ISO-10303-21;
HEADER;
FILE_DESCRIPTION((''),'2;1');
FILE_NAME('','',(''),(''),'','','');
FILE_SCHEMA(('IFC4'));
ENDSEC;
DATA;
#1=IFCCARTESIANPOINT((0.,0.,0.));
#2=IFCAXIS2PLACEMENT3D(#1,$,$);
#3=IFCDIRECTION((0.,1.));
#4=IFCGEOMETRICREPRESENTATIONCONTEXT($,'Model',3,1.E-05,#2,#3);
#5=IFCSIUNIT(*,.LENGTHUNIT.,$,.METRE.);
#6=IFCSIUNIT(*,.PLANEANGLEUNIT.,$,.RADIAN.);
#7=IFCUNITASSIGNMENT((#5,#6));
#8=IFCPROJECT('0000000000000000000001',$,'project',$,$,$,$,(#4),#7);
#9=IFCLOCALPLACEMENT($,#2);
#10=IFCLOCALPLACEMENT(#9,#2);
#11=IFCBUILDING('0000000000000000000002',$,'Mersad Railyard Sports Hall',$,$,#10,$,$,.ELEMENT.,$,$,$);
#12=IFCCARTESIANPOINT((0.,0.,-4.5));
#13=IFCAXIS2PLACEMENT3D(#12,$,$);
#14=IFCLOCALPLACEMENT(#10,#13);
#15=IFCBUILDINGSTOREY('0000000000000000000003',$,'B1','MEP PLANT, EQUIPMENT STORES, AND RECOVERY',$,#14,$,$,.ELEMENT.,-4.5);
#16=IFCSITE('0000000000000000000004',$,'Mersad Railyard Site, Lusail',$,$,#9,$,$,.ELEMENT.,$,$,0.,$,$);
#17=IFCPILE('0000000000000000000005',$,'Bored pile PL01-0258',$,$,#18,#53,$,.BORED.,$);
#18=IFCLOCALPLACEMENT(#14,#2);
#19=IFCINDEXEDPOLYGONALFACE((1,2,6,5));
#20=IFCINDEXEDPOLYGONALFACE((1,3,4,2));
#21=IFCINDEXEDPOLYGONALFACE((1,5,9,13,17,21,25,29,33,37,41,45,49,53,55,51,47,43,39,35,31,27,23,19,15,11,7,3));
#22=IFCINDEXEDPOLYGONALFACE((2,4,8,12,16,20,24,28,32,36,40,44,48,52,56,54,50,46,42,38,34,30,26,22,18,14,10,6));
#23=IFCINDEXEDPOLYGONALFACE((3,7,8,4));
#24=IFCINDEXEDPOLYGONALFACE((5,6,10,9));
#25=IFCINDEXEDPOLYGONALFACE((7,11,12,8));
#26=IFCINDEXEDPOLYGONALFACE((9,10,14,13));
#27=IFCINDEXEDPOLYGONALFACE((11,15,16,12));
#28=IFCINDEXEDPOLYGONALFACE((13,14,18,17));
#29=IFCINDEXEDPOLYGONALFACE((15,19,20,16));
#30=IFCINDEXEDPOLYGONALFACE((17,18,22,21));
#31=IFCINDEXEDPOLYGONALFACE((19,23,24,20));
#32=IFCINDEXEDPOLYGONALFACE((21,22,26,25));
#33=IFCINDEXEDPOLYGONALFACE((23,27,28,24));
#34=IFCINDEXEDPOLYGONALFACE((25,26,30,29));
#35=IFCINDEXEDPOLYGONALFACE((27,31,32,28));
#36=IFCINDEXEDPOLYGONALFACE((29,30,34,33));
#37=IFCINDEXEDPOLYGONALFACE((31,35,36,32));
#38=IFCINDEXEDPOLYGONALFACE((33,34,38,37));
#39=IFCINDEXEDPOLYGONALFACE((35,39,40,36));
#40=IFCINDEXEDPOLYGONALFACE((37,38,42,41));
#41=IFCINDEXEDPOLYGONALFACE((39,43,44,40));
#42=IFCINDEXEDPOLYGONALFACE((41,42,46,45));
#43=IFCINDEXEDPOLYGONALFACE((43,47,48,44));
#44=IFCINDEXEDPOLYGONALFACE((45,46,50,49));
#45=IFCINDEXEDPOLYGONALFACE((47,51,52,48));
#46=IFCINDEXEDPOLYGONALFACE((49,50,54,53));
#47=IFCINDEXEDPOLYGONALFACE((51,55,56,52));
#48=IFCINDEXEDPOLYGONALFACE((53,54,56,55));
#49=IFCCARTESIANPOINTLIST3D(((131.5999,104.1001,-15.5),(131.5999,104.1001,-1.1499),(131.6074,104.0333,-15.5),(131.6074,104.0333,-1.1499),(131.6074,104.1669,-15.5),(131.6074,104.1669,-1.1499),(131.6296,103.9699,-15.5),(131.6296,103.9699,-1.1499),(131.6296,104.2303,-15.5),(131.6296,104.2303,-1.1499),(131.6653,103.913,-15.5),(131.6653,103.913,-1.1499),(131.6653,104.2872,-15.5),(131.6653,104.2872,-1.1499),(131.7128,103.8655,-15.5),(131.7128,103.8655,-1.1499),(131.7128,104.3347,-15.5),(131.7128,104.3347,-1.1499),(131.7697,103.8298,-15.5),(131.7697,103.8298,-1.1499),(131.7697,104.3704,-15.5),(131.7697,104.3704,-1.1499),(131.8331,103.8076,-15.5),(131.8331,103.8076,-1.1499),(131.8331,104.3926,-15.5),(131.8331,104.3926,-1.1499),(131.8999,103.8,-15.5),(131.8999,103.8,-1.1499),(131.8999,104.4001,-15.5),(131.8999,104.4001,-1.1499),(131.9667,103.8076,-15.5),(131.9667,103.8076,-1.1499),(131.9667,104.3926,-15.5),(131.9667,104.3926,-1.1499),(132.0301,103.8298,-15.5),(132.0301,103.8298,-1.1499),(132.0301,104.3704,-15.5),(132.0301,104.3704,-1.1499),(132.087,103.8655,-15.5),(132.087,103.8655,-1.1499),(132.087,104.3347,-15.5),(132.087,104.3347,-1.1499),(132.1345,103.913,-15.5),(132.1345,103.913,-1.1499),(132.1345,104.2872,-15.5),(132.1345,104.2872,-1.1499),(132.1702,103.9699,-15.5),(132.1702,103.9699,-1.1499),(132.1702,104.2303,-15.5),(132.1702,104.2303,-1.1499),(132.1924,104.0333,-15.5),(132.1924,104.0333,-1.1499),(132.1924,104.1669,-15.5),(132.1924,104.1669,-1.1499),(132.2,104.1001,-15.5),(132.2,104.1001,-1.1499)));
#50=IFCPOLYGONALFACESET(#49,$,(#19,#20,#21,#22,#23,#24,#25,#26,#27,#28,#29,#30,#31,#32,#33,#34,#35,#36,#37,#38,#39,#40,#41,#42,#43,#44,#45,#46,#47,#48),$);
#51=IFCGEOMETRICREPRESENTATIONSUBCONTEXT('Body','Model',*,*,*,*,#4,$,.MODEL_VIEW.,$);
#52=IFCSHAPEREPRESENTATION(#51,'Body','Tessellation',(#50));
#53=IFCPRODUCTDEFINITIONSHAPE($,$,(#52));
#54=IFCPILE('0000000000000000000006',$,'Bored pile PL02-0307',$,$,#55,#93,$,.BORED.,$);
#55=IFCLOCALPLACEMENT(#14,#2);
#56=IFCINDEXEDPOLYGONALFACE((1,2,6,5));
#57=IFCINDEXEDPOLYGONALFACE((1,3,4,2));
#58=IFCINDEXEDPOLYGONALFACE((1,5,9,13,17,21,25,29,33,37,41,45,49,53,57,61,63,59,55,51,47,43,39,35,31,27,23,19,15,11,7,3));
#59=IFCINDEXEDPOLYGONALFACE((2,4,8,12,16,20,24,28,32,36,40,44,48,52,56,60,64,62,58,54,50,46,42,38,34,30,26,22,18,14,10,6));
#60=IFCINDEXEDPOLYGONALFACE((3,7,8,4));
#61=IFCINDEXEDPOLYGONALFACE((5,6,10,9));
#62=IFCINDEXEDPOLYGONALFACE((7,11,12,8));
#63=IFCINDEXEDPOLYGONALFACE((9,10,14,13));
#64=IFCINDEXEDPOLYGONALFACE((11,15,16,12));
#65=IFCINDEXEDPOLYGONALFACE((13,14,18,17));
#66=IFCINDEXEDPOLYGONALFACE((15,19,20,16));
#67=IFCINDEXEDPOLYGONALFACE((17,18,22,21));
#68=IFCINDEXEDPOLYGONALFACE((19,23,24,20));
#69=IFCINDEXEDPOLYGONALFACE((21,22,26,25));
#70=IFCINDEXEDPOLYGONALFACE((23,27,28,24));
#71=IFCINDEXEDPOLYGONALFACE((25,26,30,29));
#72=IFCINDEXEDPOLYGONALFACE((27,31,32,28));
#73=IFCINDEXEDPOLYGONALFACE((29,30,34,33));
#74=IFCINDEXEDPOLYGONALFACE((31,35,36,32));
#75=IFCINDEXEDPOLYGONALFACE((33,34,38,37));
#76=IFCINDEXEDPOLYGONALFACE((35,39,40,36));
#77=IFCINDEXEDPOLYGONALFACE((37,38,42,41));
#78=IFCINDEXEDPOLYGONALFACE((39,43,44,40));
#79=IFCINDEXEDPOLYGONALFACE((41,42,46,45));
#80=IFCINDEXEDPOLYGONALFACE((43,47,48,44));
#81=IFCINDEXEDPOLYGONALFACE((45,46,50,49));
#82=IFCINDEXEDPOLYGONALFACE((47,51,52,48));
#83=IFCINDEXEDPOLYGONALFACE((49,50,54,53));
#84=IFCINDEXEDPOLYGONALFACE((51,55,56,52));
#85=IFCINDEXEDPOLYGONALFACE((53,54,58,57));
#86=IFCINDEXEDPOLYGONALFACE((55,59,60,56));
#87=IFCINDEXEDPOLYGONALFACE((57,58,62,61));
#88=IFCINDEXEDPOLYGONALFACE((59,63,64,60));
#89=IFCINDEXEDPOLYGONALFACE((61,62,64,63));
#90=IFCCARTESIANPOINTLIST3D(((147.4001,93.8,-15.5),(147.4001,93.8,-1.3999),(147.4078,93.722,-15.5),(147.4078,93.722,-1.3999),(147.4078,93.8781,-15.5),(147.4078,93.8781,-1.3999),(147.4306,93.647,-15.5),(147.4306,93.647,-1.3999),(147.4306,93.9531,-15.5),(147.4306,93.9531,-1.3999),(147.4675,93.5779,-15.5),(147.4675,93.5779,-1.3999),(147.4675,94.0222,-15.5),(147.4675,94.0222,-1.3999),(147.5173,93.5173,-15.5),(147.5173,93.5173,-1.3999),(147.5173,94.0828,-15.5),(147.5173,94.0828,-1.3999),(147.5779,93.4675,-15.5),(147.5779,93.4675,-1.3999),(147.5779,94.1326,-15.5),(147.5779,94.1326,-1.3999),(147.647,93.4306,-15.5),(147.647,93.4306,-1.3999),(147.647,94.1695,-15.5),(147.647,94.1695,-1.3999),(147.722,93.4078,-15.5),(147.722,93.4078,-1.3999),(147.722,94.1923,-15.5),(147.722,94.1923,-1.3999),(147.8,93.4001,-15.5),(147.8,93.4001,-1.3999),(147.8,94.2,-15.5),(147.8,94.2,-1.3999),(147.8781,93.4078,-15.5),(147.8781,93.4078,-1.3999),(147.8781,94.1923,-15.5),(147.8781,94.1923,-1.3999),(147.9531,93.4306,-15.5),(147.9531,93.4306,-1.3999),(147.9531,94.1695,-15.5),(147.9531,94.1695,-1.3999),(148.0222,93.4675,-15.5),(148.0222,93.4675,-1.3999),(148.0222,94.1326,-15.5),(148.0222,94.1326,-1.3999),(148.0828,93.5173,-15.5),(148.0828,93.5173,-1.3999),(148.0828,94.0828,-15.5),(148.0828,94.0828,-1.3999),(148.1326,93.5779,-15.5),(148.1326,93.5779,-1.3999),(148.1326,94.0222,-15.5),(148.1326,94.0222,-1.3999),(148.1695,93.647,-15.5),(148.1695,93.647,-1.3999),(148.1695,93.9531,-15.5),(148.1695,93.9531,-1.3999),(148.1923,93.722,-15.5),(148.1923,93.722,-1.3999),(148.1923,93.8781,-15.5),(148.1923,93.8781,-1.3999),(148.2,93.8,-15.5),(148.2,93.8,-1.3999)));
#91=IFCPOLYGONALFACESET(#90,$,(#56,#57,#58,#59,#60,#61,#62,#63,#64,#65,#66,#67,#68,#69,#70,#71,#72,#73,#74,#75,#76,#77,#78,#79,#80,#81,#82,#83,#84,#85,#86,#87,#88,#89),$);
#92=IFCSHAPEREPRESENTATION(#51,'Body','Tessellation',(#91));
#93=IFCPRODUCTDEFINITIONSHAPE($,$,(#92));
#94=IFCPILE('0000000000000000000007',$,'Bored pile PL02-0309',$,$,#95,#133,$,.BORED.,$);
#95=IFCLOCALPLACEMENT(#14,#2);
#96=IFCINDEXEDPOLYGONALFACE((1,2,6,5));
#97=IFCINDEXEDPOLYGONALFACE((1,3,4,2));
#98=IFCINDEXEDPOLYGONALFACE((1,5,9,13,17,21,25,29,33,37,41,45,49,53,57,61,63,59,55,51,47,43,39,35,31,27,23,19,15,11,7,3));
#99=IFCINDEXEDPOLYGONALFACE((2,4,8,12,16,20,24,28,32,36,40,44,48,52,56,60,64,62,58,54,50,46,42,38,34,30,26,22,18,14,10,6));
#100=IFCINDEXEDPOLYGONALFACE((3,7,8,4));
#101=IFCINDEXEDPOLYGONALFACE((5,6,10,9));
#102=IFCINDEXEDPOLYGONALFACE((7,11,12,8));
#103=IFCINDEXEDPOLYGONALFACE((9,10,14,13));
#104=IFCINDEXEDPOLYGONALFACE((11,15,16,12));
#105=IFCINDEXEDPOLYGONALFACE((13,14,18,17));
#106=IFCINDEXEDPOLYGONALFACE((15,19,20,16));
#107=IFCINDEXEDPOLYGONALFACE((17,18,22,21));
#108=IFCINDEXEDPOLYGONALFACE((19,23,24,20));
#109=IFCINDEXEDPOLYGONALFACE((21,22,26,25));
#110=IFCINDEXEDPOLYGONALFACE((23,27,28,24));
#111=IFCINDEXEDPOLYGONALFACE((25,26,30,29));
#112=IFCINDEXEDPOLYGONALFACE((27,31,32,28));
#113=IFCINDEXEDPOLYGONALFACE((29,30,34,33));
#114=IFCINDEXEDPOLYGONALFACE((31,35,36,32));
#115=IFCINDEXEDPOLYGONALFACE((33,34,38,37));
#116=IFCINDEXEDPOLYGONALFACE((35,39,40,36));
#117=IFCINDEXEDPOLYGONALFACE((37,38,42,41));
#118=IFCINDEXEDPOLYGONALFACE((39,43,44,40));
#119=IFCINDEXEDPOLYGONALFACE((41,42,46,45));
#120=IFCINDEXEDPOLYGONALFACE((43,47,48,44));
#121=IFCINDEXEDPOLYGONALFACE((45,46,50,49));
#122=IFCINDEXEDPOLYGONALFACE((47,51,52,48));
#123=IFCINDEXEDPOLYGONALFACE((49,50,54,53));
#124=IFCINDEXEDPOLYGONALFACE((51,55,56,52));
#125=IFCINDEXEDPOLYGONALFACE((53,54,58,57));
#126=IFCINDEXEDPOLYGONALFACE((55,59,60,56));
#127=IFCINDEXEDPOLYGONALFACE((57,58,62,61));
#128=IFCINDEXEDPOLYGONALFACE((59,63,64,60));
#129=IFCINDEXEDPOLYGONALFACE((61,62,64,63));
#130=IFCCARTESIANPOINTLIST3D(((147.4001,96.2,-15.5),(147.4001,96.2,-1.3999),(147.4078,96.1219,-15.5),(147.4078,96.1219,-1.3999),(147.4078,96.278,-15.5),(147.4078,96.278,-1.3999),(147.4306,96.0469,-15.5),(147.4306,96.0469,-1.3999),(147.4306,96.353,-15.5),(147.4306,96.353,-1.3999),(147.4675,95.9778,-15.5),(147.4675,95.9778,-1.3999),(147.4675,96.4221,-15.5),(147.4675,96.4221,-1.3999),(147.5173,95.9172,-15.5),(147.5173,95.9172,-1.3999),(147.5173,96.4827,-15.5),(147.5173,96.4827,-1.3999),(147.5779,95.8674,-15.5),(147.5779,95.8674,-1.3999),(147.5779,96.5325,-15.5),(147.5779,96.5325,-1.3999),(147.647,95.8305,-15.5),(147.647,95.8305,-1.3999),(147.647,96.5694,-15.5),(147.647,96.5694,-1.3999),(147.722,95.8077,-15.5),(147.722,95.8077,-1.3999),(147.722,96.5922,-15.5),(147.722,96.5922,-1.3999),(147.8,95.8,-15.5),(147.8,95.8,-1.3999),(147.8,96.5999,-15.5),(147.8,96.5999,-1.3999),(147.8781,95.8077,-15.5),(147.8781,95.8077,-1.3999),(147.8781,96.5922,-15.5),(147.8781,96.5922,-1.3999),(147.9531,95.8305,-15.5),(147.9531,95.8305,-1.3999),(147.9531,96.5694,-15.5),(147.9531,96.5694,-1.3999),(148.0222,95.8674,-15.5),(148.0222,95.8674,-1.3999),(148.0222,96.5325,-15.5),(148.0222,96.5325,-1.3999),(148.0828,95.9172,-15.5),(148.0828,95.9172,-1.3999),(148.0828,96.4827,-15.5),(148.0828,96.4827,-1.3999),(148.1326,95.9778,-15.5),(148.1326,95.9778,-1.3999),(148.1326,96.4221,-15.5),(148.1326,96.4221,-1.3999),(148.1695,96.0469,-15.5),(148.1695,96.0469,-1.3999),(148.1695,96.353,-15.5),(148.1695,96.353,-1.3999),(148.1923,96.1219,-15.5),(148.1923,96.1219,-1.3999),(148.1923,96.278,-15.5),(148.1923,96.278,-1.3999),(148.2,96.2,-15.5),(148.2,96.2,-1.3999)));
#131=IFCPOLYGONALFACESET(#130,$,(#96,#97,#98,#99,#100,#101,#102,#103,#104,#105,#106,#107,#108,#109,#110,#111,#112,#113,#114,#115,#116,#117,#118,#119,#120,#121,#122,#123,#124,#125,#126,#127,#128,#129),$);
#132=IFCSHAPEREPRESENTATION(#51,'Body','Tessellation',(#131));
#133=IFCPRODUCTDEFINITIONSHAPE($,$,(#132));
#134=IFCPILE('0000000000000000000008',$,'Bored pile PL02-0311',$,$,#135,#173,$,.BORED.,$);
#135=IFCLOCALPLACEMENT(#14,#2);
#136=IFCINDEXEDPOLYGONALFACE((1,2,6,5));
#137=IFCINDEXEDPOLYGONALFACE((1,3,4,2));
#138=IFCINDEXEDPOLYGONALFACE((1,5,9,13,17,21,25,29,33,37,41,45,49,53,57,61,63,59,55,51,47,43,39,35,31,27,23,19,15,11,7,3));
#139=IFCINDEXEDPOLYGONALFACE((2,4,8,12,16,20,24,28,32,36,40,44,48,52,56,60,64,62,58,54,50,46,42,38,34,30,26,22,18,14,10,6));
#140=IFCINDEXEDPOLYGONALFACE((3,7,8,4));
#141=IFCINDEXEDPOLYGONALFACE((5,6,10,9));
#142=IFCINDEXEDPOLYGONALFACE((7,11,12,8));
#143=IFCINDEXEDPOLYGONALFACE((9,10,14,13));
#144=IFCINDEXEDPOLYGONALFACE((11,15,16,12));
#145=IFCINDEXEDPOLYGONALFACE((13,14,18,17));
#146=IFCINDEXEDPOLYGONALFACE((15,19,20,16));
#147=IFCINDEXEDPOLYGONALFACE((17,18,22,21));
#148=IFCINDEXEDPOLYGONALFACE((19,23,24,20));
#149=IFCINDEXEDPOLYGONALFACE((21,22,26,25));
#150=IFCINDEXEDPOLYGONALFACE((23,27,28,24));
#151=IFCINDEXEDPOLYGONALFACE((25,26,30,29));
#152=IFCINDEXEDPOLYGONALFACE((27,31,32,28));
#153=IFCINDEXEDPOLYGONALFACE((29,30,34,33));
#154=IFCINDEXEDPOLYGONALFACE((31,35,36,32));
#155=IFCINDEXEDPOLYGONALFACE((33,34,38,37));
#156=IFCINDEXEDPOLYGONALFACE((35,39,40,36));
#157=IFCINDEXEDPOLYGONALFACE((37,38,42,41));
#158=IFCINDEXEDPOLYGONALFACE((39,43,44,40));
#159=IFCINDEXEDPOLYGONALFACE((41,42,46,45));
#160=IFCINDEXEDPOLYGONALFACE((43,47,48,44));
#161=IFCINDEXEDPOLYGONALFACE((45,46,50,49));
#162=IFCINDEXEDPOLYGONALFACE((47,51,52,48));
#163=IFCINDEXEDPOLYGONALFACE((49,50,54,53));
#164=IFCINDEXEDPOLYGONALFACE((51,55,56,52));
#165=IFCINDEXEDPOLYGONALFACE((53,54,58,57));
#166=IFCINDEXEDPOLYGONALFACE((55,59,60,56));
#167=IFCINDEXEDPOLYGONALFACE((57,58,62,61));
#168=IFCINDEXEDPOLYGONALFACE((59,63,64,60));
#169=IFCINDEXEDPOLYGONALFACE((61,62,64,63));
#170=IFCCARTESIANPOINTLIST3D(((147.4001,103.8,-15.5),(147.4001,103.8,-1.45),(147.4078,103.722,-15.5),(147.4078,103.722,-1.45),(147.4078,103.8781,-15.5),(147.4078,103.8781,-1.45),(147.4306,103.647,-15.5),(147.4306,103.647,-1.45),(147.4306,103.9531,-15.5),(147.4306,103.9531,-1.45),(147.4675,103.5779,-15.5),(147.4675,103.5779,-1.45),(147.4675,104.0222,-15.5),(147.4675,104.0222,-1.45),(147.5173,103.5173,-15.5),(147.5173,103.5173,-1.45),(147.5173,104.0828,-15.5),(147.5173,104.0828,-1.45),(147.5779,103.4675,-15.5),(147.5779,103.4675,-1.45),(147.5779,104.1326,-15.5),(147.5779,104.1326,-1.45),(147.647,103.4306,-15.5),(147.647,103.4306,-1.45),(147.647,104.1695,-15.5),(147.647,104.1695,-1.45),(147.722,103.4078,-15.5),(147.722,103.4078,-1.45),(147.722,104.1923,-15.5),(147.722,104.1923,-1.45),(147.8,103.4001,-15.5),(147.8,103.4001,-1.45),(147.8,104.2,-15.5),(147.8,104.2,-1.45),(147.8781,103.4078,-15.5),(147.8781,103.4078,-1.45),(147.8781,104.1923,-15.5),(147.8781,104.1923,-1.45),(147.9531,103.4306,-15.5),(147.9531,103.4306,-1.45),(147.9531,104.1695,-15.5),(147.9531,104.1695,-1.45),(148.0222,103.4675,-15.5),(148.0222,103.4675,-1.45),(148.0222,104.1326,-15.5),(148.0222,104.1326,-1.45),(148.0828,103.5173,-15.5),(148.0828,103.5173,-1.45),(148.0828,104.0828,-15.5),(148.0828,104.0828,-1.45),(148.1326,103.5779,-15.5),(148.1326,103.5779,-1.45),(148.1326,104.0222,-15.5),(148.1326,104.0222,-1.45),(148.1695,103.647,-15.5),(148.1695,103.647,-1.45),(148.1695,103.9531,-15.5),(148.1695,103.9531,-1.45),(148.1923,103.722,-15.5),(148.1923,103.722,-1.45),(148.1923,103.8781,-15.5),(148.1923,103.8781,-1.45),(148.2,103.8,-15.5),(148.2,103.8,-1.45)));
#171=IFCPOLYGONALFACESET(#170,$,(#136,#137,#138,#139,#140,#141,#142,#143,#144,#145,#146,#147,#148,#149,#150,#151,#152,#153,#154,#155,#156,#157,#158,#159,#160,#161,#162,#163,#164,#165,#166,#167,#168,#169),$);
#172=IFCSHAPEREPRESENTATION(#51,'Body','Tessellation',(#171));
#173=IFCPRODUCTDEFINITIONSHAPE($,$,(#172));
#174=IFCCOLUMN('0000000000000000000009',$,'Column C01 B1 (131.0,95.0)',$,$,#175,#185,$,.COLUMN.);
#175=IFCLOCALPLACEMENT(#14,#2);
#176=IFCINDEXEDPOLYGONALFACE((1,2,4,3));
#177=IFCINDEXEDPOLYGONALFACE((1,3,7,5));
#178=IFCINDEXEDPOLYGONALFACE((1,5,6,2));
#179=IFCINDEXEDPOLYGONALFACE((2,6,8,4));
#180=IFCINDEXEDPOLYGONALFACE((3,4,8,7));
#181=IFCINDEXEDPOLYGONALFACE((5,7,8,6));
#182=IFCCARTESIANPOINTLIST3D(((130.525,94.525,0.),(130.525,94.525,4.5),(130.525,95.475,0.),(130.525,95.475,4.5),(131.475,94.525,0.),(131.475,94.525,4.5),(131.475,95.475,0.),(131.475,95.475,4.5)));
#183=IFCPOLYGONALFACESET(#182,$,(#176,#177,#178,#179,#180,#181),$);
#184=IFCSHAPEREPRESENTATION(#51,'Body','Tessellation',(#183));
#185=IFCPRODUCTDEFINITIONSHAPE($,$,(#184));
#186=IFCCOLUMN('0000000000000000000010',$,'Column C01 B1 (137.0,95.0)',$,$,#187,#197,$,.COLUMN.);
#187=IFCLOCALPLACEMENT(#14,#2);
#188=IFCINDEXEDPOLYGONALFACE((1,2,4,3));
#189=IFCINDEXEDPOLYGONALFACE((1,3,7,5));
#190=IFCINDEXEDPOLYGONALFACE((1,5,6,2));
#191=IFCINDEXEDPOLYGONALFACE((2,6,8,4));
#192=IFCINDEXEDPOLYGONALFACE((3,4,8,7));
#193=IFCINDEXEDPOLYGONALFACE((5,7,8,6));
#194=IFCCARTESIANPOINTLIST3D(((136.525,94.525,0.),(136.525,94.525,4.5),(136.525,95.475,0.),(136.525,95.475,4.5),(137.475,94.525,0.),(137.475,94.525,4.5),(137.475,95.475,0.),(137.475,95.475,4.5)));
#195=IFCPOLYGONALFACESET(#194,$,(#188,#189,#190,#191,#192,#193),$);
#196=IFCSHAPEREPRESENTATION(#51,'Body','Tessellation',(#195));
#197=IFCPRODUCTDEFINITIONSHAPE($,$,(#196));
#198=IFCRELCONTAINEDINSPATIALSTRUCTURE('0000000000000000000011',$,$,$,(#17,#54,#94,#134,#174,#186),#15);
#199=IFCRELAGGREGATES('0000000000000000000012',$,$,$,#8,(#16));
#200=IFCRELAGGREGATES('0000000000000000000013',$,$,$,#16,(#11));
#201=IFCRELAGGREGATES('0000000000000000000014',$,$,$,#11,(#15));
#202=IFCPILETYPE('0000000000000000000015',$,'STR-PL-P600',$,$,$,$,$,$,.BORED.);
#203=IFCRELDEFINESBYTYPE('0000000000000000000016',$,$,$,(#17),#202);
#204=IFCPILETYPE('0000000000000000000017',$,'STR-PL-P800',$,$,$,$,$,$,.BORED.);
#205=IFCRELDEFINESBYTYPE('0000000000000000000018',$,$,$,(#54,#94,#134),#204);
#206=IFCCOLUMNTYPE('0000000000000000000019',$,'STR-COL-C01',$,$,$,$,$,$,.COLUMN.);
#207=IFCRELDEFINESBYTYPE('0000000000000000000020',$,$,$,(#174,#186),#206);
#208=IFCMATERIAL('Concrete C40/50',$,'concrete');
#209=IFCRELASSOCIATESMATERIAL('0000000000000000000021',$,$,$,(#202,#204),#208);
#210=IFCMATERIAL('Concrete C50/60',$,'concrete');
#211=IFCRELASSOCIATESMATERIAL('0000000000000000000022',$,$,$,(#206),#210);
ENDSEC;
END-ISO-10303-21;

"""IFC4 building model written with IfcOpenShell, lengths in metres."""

from ifc_helpers import new_model, si_unit, direction, frame, origin, origin_2d, place, context, subcontext, project, spatial, rectangle, circle, extrude, material, material_profile, profile_set, type_object, element, save


model = new_model("IFC4")

# Units and contexts
model_context = context("Model", 3, precision=1e-05, world=origin(), true_north=direction((0.0, 1.0)))
body_context = subcontext(model_context, "Body", "Model", "MODEL_VIEW")
ifc_project = project(units=[si_unit("LENGTHUNIT", "METRE"), si_unit("PLANEANGLEUNIT", "RADIAN")], contexts=[model_context])

# Site, building, storey
site_placement = place(None, origin())
site = spatial("IfcSite", under=ifc_project, at=site_placement, Name="Mersad Railyard Site, Lusail", CompositionType="ELEMENT", RefElevation=0.0)
building_placement = place(site_placement, origin())
building = spatial("IfcBuilding", under=site, at=building_placement, Name="Mersad Railyard Sports Hall", CompositionType="ELEMENT")
storey_placement = place(building_placement, frame((0.0, 0.0, -4.5)))
storey = spatial("IfcBuildingStorey", under=building, at=storey_placement, Name="B1", Description="MEP PLANT, EQUIPMENT STORES, AND RECOVERY", CompositionType="ELEMENT", Elevation=-4.5)

# Shared definitions
ifc_material_1 = material(Name="Concrete C40/50", Category="concrete")

# Piles
ifc_material_profile_1 = material_profile(ifc_material_1, circle(Radius=0.3, at=origin_2d()), Name="BORED PILE D600")
ifc_profile_set_1 = profile_set([ifc_material_profile_1], Name="Concrete C40/50")
pile_type_1 = type_object("IfcPileType", Name="STR-PL-P600", PredefinedType="BORED", material=ifc_profile_set_1)
pile_1_placement = place(storey_placement, frame((131.8999, 104.1001, -1.1499), z_axis=(0.0, 0.0, -1.0), x_axis=(1.0, 0.0, 0.0)))
element("IfcPile", 1, at=pile_1_placement, inside=storey, type_object=pile_type_1, Name="Bored pile PL01-0258", PredefinedType="BORED", context=body_context, shape_type="SweptSolid", body=[
    extrude(circle(Radius=0.3, at=origin_2d()), origin(), (0.0, 0.0, 1.0), 14.3501),
])
ifc_material_profile_2 = material_profile(ifc_material_1, circle(Radius=0.3999, at=origin_2d()), Name="BORED PILE D800")
ifc_profile_set_2 = profile_set([ifc_material_profile_2], Name="Concrete C40/50")
pile_type_2 = type_object("IfcPileType", Name="STR-PL-P800", PredefinedType="BORED", material=ifc_profile_set_2)
for number, where, z_axis, x_axis, name in (
    (2, (147.8, 93.8, -1.3999), (0.0, 0.0, -1.0), (1.0, 0.0, 0.0), "Bored pile PL02-0307"),
    (3, (147.8, 96.2, -1.3999), (0.0, 0.0, -1.0), (1.0, 0.0, 0.0), "Bored pile PL02-0309"),
):
    element("IfcPile", number, at=place(storey_placement, frame(where, z_axis=z_axis, x_axis=x_axis)), inside=storey, type_object=pile_type_2, Name=name, PredefinedType="BORED", context=body_context, shape_type="SweptSolid", body=[
        extrude(circle(Radius=0.3999, at=origin_2d()), origin(), (0.0, 0.0, 1.0), 14.1001),
    ])
pile_2_placement = place(storey_placement, frame((147.8, 103.8, -1.45), z_axis=(0.0, 0.0, -1.0), x_axis=(1.0, 0.0, 0.0)))
element("IfcPile", 4, at=pile_2_placement, inside=storey, type_object=pile_type_2, Name="Bored pile PL02-0311", PredefinedType="BORED", context=body_context, shape_type="SweptSolid", body=[
    extrude(circle(Radius=0.3999, at=origin_2d()), origin(), (0.0, 0.0, 1.0), 14.05),
])

# Columns
ifc_material_2 = material(Name="Concrete C50/60", Category="concrete")
ifc_material_profile_3 = material_profile(ifc_material_2, rectangle(XDim=0.95, YDim=0.95, at=origin_2d()), Name="RC 950x950")
ifc_profile_set_3 = profile_set([ifc_material_profile_3], Name="Concrete C50/60")
column_type_1 = type_object("IfcColumnType", Name="STR-COL-C01", PredefinedType="COLUMN", material=ifc_profile_set_3)
for number, where, z_axis, x_axis, name in (
    (5, (131.0, 95.0, 0.0), (0.0, 0.0, 1.0), (1.0, 0.0, 0.0), "Column C01 B1 (131.0,95.0)"),
    (6, (137.0, 95.0, 0.0), (0.0, 0.0, 1.0), (1.0, 0.0, 0.0), "Column C01 B1 (137.0,95.0)"),
):
    element("IfcColumn", number, at=place(storey_placement, frame(where, z_axis=z_axis, x_axis=x_axis)), inside=storey, type_object=column_type_1, Name=name, PredefinedType="COLUMN", context=body_context, shape_type="SweptSolid", body=[
        extrude(rectangle(XDim=0.95, YDim=0.95, at=origin_2d()), origin(), (0.0, 0.0, 1.0), 4.5),
    ])

save(model, "model.ifc")
